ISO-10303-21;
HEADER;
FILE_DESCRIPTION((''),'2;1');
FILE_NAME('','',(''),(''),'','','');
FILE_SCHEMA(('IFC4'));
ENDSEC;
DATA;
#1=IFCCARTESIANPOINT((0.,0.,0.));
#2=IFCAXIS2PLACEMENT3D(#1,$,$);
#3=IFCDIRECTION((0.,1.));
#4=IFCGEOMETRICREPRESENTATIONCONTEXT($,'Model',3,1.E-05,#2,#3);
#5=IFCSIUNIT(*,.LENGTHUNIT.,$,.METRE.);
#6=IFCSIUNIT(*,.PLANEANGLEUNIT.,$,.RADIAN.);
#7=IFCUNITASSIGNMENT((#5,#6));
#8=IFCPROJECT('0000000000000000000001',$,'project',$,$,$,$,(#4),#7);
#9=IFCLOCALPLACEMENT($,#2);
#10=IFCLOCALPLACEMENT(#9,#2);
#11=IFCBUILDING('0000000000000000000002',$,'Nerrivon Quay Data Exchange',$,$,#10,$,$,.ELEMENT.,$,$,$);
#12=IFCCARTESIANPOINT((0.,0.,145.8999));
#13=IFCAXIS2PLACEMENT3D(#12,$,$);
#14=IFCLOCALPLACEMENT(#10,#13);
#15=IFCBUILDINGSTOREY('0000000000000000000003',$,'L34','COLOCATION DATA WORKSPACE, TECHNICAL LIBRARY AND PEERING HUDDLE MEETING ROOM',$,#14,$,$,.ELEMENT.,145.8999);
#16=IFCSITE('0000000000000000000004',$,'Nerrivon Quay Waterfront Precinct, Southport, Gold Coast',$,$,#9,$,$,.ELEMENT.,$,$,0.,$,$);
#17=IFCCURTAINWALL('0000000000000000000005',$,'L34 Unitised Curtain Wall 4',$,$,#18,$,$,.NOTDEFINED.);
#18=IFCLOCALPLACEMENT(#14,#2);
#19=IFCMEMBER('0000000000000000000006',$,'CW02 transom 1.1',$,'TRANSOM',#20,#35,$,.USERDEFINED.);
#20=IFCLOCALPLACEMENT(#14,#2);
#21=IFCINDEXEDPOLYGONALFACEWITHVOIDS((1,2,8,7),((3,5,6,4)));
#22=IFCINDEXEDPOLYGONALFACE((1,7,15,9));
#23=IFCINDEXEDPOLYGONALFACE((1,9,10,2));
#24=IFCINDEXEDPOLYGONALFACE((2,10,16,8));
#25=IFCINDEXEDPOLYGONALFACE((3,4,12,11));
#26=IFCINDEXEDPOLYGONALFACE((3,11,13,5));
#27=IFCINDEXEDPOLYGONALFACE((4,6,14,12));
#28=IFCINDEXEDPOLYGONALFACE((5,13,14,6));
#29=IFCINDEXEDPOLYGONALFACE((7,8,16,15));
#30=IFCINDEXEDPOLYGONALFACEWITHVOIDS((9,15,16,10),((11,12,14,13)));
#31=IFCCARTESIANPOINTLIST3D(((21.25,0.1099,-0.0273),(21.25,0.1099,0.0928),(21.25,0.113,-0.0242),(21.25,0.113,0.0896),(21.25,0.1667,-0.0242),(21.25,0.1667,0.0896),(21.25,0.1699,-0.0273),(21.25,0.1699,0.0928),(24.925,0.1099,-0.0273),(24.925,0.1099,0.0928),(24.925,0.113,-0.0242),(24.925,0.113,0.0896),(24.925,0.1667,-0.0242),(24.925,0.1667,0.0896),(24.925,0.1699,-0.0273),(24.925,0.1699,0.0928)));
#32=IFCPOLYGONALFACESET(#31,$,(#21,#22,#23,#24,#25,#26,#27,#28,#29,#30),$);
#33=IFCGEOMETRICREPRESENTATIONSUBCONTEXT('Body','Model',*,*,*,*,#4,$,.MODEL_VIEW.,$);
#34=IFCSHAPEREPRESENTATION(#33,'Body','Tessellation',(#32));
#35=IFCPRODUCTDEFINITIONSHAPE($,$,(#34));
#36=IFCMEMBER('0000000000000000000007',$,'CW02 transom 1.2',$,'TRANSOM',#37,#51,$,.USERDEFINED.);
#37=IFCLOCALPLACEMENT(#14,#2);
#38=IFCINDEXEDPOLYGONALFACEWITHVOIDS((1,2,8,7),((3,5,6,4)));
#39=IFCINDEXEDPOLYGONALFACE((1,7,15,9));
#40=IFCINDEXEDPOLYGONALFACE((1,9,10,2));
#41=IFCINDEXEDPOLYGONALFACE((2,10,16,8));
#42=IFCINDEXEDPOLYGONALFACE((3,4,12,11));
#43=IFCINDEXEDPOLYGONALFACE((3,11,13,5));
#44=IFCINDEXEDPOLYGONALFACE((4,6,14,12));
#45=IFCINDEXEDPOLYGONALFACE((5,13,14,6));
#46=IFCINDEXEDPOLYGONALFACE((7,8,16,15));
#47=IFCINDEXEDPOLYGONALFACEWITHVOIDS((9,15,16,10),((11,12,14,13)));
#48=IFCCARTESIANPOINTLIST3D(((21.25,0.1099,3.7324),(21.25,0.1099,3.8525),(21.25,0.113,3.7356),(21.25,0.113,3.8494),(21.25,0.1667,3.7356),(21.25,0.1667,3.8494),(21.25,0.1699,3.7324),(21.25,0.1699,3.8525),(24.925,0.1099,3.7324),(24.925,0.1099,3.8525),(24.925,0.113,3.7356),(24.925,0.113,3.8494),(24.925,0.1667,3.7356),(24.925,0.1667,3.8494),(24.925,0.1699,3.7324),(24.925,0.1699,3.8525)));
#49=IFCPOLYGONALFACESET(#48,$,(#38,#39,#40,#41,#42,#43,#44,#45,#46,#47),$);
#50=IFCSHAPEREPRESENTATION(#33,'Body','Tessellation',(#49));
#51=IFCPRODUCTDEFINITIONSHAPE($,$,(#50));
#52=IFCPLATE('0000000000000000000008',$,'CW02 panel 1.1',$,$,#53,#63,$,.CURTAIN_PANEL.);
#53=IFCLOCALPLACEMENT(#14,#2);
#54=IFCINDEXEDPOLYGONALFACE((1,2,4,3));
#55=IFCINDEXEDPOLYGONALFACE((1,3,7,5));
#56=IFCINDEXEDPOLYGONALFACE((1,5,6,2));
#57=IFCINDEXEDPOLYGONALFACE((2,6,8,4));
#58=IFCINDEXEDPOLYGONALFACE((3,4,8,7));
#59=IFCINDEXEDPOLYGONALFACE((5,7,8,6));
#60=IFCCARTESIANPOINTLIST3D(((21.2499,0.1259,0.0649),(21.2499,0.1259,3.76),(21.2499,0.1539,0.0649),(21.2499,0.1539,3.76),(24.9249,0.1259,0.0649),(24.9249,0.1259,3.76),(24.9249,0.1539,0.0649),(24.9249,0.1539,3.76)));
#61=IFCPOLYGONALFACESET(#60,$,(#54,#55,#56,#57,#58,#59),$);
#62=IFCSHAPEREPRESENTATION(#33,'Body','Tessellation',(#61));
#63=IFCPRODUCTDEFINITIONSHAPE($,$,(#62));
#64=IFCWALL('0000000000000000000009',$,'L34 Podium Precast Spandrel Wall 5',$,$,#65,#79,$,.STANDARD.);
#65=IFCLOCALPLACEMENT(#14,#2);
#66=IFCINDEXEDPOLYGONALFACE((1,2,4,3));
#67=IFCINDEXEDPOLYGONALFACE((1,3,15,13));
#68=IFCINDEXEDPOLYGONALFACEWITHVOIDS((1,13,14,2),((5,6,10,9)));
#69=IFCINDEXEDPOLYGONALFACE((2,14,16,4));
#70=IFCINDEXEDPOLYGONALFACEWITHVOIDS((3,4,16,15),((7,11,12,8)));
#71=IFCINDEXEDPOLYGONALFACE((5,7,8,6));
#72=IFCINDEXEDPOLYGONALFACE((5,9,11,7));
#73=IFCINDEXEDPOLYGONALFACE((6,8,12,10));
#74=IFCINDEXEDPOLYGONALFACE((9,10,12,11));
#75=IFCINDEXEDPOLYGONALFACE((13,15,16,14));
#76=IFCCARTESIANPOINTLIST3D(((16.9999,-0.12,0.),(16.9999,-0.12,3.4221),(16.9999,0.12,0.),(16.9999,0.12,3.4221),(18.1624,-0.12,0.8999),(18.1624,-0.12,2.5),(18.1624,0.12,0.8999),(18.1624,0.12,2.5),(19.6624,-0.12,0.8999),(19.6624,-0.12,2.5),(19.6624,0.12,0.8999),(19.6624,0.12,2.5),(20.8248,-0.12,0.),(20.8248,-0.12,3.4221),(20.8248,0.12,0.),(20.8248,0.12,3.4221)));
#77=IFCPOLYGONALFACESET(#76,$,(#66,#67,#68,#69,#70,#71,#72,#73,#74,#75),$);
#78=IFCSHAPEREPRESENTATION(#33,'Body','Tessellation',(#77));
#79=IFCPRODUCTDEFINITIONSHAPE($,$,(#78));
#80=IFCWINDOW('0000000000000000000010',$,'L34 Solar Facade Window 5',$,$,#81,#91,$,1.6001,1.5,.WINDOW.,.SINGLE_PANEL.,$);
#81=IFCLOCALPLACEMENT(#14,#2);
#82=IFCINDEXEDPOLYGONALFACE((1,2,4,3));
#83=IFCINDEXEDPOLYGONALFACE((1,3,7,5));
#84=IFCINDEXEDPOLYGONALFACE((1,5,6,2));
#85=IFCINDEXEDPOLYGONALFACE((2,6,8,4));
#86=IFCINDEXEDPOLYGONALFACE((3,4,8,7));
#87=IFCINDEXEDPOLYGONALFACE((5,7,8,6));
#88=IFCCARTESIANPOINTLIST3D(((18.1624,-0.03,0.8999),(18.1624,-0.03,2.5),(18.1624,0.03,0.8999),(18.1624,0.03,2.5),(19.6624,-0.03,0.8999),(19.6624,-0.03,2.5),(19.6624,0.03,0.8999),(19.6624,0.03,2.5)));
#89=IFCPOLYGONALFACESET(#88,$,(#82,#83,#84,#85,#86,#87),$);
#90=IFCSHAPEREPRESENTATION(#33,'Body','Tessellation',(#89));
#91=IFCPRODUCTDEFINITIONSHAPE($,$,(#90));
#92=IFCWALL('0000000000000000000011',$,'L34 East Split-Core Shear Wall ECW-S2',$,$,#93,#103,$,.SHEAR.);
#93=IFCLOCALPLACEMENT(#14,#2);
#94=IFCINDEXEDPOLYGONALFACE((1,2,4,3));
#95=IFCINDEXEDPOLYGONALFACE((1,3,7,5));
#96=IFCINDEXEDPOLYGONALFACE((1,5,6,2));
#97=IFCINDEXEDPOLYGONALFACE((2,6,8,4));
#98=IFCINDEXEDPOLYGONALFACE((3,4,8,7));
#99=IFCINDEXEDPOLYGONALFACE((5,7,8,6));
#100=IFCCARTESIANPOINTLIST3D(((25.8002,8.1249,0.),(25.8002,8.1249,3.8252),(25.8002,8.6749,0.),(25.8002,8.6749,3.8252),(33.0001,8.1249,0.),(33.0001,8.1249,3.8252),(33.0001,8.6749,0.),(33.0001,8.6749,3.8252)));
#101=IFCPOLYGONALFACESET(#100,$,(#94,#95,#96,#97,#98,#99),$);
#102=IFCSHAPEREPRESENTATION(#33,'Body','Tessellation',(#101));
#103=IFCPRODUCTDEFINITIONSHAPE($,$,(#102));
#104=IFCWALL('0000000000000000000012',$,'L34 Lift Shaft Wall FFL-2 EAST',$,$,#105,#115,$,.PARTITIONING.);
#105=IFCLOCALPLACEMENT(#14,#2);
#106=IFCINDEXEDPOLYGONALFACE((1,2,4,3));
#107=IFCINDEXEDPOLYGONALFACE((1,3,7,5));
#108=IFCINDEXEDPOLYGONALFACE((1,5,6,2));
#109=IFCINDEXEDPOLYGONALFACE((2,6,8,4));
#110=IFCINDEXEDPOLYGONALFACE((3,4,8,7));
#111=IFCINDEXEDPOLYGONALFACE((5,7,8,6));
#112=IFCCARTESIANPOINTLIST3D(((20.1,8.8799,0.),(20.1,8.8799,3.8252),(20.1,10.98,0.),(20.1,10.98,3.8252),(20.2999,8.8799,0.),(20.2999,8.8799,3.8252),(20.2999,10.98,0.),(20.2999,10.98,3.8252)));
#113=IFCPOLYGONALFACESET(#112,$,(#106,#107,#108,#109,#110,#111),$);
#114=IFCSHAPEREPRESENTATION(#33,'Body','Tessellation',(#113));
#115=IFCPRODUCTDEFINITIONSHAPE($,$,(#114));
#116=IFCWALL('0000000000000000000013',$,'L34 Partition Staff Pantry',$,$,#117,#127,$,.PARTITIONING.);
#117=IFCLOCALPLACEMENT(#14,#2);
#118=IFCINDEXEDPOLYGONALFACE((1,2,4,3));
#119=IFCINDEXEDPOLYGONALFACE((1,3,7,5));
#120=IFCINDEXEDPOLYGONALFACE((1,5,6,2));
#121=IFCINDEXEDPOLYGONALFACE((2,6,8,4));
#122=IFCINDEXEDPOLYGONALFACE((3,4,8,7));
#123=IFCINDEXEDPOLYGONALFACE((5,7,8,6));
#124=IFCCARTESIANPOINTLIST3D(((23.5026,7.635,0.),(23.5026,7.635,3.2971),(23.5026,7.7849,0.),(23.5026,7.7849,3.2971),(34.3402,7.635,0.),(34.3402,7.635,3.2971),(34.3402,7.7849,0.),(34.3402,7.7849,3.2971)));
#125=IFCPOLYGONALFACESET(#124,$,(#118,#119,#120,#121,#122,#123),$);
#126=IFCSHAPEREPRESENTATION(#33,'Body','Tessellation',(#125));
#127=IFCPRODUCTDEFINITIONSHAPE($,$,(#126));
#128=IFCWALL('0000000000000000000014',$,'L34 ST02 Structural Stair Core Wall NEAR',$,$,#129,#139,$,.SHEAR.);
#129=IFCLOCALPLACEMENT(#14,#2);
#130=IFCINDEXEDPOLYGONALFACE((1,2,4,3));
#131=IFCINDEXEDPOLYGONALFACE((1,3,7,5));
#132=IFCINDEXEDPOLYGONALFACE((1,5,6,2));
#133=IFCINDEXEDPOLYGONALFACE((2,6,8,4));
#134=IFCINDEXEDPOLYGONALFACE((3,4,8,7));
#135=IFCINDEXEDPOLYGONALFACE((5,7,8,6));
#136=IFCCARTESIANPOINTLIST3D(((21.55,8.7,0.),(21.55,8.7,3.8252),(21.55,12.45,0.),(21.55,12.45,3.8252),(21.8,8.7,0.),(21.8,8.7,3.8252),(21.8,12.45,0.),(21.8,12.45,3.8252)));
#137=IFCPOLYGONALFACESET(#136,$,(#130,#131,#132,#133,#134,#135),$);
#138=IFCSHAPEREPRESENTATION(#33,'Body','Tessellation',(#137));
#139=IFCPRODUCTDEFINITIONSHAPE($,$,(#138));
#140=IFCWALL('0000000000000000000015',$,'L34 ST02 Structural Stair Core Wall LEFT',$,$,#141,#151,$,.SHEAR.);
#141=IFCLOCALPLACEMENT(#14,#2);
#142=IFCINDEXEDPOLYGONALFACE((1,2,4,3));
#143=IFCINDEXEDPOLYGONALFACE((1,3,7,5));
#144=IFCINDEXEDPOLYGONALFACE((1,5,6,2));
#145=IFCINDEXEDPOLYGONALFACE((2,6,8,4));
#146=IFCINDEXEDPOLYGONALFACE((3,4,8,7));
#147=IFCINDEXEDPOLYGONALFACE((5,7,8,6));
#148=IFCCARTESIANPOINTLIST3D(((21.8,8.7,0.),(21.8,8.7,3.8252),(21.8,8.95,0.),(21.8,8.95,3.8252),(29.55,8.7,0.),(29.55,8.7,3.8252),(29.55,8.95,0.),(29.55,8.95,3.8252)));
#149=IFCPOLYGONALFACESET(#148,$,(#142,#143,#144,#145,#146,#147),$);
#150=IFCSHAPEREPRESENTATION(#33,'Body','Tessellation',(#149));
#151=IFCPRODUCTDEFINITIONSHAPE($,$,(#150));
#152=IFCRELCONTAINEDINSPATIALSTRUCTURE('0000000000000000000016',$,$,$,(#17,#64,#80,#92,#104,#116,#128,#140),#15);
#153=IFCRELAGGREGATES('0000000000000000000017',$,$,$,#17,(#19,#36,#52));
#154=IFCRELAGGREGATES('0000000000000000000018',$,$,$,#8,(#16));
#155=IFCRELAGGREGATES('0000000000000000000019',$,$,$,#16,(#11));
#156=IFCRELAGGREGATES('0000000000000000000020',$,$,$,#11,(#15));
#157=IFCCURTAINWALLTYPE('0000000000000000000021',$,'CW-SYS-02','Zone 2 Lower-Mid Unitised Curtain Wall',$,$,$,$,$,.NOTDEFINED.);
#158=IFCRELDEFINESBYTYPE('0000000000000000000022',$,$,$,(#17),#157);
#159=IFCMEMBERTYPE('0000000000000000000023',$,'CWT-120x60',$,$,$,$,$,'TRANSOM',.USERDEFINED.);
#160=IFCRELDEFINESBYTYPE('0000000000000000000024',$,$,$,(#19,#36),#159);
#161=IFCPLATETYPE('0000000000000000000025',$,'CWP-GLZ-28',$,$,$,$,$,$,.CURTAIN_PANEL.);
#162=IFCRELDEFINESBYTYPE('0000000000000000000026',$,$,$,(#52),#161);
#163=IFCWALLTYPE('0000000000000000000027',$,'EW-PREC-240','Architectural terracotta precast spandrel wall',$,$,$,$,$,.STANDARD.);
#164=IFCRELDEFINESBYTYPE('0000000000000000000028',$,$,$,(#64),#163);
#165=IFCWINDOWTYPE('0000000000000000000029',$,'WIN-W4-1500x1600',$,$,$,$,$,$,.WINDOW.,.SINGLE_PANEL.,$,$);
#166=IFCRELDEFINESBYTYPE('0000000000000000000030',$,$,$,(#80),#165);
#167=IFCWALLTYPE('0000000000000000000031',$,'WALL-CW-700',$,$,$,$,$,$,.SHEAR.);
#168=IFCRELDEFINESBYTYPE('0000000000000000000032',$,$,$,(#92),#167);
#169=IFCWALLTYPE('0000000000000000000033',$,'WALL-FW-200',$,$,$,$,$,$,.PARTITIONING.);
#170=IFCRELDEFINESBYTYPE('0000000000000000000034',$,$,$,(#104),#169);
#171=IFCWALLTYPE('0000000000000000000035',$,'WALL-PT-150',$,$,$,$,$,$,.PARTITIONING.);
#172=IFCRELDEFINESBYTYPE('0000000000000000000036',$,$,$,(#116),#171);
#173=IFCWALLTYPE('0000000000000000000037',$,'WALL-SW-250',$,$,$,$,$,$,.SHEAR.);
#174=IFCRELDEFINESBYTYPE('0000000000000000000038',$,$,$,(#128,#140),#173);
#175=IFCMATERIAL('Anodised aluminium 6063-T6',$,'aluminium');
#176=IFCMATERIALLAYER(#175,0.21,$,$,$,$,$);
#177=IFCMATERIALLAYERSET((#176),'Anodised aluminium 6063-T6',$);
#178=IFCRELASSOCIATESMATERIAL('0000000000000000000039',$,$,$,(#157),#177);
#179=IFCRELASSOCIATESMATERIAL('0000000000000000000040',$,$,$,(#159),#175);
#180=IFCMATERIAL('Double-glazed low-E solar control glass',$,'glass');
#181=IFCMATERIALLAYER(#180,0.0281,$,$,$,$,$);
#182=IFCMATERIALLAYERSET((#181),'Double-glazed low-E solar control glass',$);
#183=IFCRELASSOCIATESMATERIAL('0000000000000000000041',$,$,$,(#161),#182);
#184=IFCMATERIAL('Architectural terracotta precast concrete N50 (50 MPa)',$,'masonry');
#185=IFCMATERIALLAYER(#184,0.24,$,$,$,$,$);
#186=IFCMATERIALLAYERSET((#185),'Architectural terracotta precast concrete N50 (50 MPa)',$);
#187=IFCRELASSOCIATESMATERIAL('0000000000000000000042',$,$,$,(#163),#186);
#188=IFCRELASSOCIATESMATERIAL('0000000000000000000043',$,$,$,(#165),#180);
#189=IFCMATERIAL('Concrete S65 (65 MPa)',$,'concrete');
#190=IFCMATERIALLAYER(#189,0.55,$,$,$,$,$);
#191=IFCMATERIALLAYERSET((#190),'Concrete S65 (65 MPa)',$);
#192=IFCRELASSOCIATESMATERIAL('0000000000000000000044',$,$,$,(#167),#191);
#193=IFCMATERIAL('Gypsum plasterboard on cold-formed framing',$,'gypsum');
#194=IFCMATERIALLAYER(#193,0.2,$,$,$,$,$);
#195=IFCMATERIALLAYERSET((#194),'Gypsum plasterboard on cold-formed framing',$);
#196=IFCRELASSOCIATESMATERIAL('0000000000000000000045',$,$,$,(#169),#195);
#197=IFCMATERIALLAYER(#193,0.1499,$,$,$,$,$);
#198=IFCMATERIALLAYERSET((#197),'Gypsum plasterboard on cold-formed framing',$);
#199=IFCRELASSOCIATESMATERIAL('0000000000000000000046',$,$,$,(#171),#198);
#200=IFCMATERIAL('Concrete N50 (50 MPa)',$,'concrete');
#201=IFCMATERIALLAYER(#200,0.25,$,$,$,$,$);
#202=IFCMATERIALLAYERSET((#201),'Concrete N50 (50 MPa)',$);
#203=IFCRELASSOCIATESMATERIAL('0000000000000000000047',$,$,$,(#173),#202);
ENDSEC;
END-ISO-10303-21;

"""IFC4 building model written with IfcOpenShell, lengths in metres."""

from ifc_helpers import new_model, si_unit, direction, frame, frame_2d, origin, origin_2d, place, context, subcontext, project, spatial, rectangle, hollow_rectangle, extrude, material, layer, layer_set, material_profile, profile_set, type_object, element, fill, aggregate, save


model = new_model("IFC4")

# Units and contexts
model_context = context("Model", 3, precision=1e-05, world=origin(), true_north=direction((0.0, 1.0)))
body_context = subcontext(model_context, "Body", "Model", "MODEL_VIEW")
ifc_project = project(units=[si_unit("LENGTHUNIT", "METRE"), si_unit("PLANEANGLEUNIT", "RADIAN")], contexts=[model_context])

# Site, building, storey
site_placement = place(None, origin())
site = spatial("IfcSite", under=ifc_project, at=site_placement, Name="Nerrivon Quay Waterfront Precinct, Southport, Gold Coast", CompositionType="ELEMENT", RefElevation=0.0)
building_placement = place(site_placement, origin())
building = spatial("IfcBuilding", under=site, at=building_placement, Name="Nerrivon Quay Data Exchange", CompositionType="ELEMENT")
storey_placement = place(building_placement, frame((0.0, 0.0, 145.8999)))
storey = spatial("IfcBuildingStorey", under=building, at=storey_placement, Name="L34", Description="COLOCATION DATA WORKSPACE, TECHNICAL LIBRARY AND PEERING HUDDLE MEETING ROOM", CompositionType="ELEMENT", Elevation=145.8999)

# Shared definitions
ifc_material_1 = material(Name="Concrete S65 (65 MPa)", Category="concrete")
ifc_material_2 = material(Name="Concrete N50 (50 MPa)", Category="concrete")

# Curtain wall, members, plate
ifc_material_3 = material(Name="Anodised aluminium 6063-T6", Category="aluminium")
ifc_layer_1 = layer(ifc_material_3, 0.21)
ifc_layer_set_1 = layer_set([ifc_layer_1], Name="Anodised aluminium 6063-T6")
curtain_wall_type = type_object("IfcCurtainWallType", Name="CW-SYS-02", Description="Zone 2 Lower-Mid Unitised Curtain Wall", PredefinedType="NOTDEFINED", material=ifc_layer_set_1)
curtain_wall_placement = place(storey_placement, origin())
curtain_wall = element("IfcCurtainWall", 1, at=curtain_wall_placement, inside=storey, type_object=curtain_wall_type, Name="L34 Unitised Curtain Wall 4", PredefinedType="NOTDEFINED")
ifc_material_profile_1 = material_profile(ifc_material_3, hollow_rectangle(XDim=0.0601, YDim=0.1201, WallThickness=0.0032, at=origin_2d()), Name="ALU-TRAN-120x60")
ifc_profile_set_1 = profile_set([ifc_material_profile_1], Name="Anodised aluminium 6063-T6")
member_type_1 = type_object("IfcMemberType", Name="CWT-120x60", ElementType="TRANSOM", PredefinedType="USERDEFINED", material=ifc_profile_set_1)
member_1_placement = place(storey_placement, frame((24.925, 0.1399, 0.0327), z_axis=(-1.0, 0.0, 0.0), x_axis=(0.0, -1.0, 0.0)))
member_1 = element("IfcMember", 2, at=member_1_placement, type_object=member_type_1, Name="CW02 transom 1.1", ObjectType="TRANSOM", PredefinedType="USERDEFINED", context=body_context, shape_type="SweptSolid", body=[
    extrude(hollow_rectangle(XDim=0.0601, YDim=0.1201, WallThickness=0.0032, at=origin_2d()), origin(), (0.0, 0.0, 1.0), 3.675),
])
member_2_placement = place(storey_placement, frame((24.925, 0.1399, 3.7925), z_axis=(-1.0, 0.0, 0.0), x_axis=(0.0, -1.0, 0.0)))
member_2 = element("IfcMember", 3, at=member_2_placement, type_object=member_type_1, Name="CW02 transom 1.2", ObjectType="TRANSOM", PredefinedType="USERDEFINED", context=body_context, shape_type="SweptSolid", body=[
    extrude(hollow_rectangle(XDim=0.0601, YDim=0.1201, WallThickness=0.0032, at=origin_2d()), origin(), (0.0, 0.0, 1.0), 3.675),
])
ifc_material_4 = material(Name="Double-glazed low-E solar control glass", Category="glass")
ifc_layer_2 = layer(ifc_material_4, 0.0281)
ifc_layer_set_2 = layer_set([ifc_layer_2], Name="Double-glazed low-E solar control glass")
plate_type = type_object("IfcPlateType", Name="CWP-GLZ-28", PredefinedType="CURTAIN_PANEL", material=ifc_layer_set_2)
plate_placement = place(storey_placement, frame((23.0874, 0.1399, 0.0649), z_axis=(0.0, 0.0, 1.0), x_axis=(-1.0, 0.0, 0.0)))
plate = element("IfcPlate", 4, at=plate_placement, type_object=plate_type, Name="CW02 panel 1.1", PredefinedType="CURTAIN_PANEL", context=body_context, shape_type="SweptSolid", body=[
    extrude(rectangle(XDim=3.675, YDim=0.0281, at=origin_2d()), origin(), (0.0, 0.0, 1.0), 3.6951),
])
aggregate(curtain_wall, [member_1, member_2, plate])

# Wall, opening, window
ifc_material_5 = material(Name="Architectural terracotta precast concrete N50 (50 MPa)", Category="masonry")
ifc_layer_3 = layer(ifc_material_5, 0.24)
ifc_layer_set_3 = layer_set([ifc_layer_3], Name="Architectural terracotta precast concrete N50 (50 MPa)")
wall_type_1 = type_object("IfcWallType", Name="EW-PREC-240", Description="Architectural terracotta precast spandrel wall", PredefinedType="STANDARD", material=ifc_layer_set_3)
wall_1_placement = place(storey_placement, frame((20.825, 0.0, 0.0), z_axis=(0.0, 0.0, 1.0), x_axis=(-1.0, 0.0, 0.0)))
wall_1 = element("IfcWall", 5, at=wall_1_placement, inside=storey, type_object=wall_type_1, Name="L34 Podium Precast Spandrel Wall 5", PredefinedType="STANDARD", context=body_context, shape_type="SweptSolid", body=[
    extrude(rectangle(XDim=3.825, YDim=0.24, at=frame_2d((1.9126, 0.0))), origin(), (0.0, 0.0, 1.0), 3.4221),
])
opening_placement = place(wall_1_placement, frame((1.1626, 0.0, 0.8999)))
opening = element("IfcOpeningElement", 6, at=opening_placement, cuts=wall_1, PredefinedType="OPENING", context=body_context, shape_type="SweptSolid", body=[
    extrude(rectangle(XDim=1.5, YDim=1.6001, at=frame_2d((0.75, 0.8))), frame((0.0, 0.1299, 0.0), z_axis=(0.0, -1.0, 0.0), x_axis=(1.0, 0.0, 0.0)), (0.0, 0.0, 1.0), 0.26),
])
window_type = type_object("IfcWindowType", Name="WIN-W4-1500x1600", PartitioningType="SINGLE_PANEL", PredefinedType="WINDOW", material=ifc_material_4)
window_placement = place(opening_placement, origin())
window = element("IfcWindow", 7, at=window_placement, inside=storey, type_object=window_type, Name="L34 Solar Facade Window 5", OverallHeight=1.6001, OverallWidth=1.5, PartitioningType="SINGLE_PANEL", PredefinedType="WINDOW", context=body_context, shape_type="SweptSolid", body=[
    extrude(rectangle(XDim=1.5, YDim=1.6001, at=frame_2d((0.75, 0.8))), frame((0.0, 0.03, 0.0), z_axis=(0.0, -1.0, 0.0), x_axis=(1.0, 0.0, 0.0)), (0.0, 0.0, 1.0), 0.0601),
])
fill(opening, window)

# Walls
ifc_layer_4 = layer(ifc_material_1, 0.55)
ifc_layer_set_4 = layer_set([ifc_layer_4], Name="Concrete S65 (65 MPa)")
wall_type_2 = type_object("IfcWallType", Name="WALL-CW-700", PredefinedType="SHEAR", material=ifc_layer_set_4)
wall_2_placement = place(storey_placement, frame((25.8, 8.3999, 0.0), z_axis=(0.0, 0.0, 1.0), x_axis=(1.0, 0.0, 0.0)))
element("IfcWall", 8, at=wall_2_placement, inside=storey, type_object=wall_type_2, Name="L34 East Split-Core Shear Wall ECW-S2", PredefinedType="SHEAR", context=body_context, shape_type="SweptSolid", body=[
    extrude(rectangle(XDim=7.2, YDim=0.55, at=frame_2d((3.6001, 0.0))), origin(), (0.0, 0.0, 1.0), 3.8252),
])
ifc_material_6 = material(Name="Gypsum plasterboard on cold-formed framing", Category="gypsum")
ifc_layer_5 = layer(ifc_material_6, 0.2)
ifc_layer_set_5 = layer_set([ifc_layer_5], Name="Gypsum plasterboard on cold-formed framing")
wall_type_3 = type_object("IfcWallType", Name="WALL-FW-200", PredefinedType="PARTITIONING", material=ifc_layer_set_5)
wall_3_placement = place(storey_placement, frame((20.2, 8.8799, 0.0), z_axis=(0.0, 0.0, 1.0), x_axis=(0.0, 1.0, 0.0)))
element("IfcWall", 9, at=wall_3_placement, inside=storey, type_object=wall_type_3, Name="L34 Lift Shaft Wall FFL-2 EAST", PredefinedType="PARTITIONING", context=body_context, shape_type="SweptSolid", body=[
    extrude(rectangle(XDim=2.1001, YDim=0.2, at=frame_2d((1.05, 0.0))), origin(), (0.0, 0.0, 1.0), 3.8252),
])
ifc_layer_6 = layer(ifc_material_6, 0.1499)
ifc_layer_set_6 = layer_set([ifc_layer_6], Name="Gypsum plasterboard on cold-formed framing")
wall_type_4 = type_object("IfcWallType", Name="WALL-PT-150", PredefinedType="PARTITIONING", material=ifc_layer_set_6)
wall_4_placement = place(storey_placement, frame((23.5024, 7.71, 0.0), z_axis=(0.0, 0.0, 1.0), x_axis=(1.0, 0.0, 0.0)))
element("IfcWall", 10, at=wall_4_placement, inside=storey, type_object=wall_type_4, Name="L34 Partition Staff Pantry", PredefinedType="PARTITIONING", context=body_context, shape_type="SweptSolid", body=[
    extrude(rectangle(XDim=10.8376, YDim=0.1499, at=frame_2d((5.4189, 0.0))), origin(), (0.0, 0.0, 1.0), 3.2971),
])
ifc_layer_7 = layer(ifc_material_2, 0.25)
ifc_layer_set_7 = layer_set([ifc_layer_7], Name="Concrete N50 (50 MPa)")
wall_type_5 = type_object("IfcWallType", Name="WALL-SW-250", PredefinedType="SHEAR", material=ifc_layer_set_7)
wall_5_placement = place(storey_placement, frame((21.675, 8.7, 0.0), z_axis=(0.0, 0.0, 1.0), x_axis=(0.0, 1.0, 0.0)))
element("IfcWall", 11, at=wall_5_placement, inside=storey, type_object=wall_type_5, Name="L34 ST02 Structural Stair Core Wall NEAR", PredefinedType="SHEAR", context=body_context, shape_type="SweptSolid", body=[
    extrude(rectangle(XDim=3.75, YDim=0.25, at=frame_2d((1.875, 0.0))), origin(), (0.0, 0.0, 1.0), 3.8252),
])
wall_6_placement = place(storey_placement, frame((21.8, 8.825, 0.0), z_axis=(0.0, 0.0, 1.0), x_axis=(1.0, 0.0, 0.0)))
element("IfcWall", 12, at=wall_6_placement, inside=storey, type_object=wall_type_5, Name="L34 ST02 Structural Stair Core Wall LEFT", PredefinedType="SHEAR", context=body_context, shape_type="SweptSolid", body=[
    extrude(rectangle(XDim=7.75, YDim=0.25, at=frame_2d((3.875, 0.0))), origin(), (0.0, 0.0, 1.0), 3.8252),
])

save(model, "model.ifc")
